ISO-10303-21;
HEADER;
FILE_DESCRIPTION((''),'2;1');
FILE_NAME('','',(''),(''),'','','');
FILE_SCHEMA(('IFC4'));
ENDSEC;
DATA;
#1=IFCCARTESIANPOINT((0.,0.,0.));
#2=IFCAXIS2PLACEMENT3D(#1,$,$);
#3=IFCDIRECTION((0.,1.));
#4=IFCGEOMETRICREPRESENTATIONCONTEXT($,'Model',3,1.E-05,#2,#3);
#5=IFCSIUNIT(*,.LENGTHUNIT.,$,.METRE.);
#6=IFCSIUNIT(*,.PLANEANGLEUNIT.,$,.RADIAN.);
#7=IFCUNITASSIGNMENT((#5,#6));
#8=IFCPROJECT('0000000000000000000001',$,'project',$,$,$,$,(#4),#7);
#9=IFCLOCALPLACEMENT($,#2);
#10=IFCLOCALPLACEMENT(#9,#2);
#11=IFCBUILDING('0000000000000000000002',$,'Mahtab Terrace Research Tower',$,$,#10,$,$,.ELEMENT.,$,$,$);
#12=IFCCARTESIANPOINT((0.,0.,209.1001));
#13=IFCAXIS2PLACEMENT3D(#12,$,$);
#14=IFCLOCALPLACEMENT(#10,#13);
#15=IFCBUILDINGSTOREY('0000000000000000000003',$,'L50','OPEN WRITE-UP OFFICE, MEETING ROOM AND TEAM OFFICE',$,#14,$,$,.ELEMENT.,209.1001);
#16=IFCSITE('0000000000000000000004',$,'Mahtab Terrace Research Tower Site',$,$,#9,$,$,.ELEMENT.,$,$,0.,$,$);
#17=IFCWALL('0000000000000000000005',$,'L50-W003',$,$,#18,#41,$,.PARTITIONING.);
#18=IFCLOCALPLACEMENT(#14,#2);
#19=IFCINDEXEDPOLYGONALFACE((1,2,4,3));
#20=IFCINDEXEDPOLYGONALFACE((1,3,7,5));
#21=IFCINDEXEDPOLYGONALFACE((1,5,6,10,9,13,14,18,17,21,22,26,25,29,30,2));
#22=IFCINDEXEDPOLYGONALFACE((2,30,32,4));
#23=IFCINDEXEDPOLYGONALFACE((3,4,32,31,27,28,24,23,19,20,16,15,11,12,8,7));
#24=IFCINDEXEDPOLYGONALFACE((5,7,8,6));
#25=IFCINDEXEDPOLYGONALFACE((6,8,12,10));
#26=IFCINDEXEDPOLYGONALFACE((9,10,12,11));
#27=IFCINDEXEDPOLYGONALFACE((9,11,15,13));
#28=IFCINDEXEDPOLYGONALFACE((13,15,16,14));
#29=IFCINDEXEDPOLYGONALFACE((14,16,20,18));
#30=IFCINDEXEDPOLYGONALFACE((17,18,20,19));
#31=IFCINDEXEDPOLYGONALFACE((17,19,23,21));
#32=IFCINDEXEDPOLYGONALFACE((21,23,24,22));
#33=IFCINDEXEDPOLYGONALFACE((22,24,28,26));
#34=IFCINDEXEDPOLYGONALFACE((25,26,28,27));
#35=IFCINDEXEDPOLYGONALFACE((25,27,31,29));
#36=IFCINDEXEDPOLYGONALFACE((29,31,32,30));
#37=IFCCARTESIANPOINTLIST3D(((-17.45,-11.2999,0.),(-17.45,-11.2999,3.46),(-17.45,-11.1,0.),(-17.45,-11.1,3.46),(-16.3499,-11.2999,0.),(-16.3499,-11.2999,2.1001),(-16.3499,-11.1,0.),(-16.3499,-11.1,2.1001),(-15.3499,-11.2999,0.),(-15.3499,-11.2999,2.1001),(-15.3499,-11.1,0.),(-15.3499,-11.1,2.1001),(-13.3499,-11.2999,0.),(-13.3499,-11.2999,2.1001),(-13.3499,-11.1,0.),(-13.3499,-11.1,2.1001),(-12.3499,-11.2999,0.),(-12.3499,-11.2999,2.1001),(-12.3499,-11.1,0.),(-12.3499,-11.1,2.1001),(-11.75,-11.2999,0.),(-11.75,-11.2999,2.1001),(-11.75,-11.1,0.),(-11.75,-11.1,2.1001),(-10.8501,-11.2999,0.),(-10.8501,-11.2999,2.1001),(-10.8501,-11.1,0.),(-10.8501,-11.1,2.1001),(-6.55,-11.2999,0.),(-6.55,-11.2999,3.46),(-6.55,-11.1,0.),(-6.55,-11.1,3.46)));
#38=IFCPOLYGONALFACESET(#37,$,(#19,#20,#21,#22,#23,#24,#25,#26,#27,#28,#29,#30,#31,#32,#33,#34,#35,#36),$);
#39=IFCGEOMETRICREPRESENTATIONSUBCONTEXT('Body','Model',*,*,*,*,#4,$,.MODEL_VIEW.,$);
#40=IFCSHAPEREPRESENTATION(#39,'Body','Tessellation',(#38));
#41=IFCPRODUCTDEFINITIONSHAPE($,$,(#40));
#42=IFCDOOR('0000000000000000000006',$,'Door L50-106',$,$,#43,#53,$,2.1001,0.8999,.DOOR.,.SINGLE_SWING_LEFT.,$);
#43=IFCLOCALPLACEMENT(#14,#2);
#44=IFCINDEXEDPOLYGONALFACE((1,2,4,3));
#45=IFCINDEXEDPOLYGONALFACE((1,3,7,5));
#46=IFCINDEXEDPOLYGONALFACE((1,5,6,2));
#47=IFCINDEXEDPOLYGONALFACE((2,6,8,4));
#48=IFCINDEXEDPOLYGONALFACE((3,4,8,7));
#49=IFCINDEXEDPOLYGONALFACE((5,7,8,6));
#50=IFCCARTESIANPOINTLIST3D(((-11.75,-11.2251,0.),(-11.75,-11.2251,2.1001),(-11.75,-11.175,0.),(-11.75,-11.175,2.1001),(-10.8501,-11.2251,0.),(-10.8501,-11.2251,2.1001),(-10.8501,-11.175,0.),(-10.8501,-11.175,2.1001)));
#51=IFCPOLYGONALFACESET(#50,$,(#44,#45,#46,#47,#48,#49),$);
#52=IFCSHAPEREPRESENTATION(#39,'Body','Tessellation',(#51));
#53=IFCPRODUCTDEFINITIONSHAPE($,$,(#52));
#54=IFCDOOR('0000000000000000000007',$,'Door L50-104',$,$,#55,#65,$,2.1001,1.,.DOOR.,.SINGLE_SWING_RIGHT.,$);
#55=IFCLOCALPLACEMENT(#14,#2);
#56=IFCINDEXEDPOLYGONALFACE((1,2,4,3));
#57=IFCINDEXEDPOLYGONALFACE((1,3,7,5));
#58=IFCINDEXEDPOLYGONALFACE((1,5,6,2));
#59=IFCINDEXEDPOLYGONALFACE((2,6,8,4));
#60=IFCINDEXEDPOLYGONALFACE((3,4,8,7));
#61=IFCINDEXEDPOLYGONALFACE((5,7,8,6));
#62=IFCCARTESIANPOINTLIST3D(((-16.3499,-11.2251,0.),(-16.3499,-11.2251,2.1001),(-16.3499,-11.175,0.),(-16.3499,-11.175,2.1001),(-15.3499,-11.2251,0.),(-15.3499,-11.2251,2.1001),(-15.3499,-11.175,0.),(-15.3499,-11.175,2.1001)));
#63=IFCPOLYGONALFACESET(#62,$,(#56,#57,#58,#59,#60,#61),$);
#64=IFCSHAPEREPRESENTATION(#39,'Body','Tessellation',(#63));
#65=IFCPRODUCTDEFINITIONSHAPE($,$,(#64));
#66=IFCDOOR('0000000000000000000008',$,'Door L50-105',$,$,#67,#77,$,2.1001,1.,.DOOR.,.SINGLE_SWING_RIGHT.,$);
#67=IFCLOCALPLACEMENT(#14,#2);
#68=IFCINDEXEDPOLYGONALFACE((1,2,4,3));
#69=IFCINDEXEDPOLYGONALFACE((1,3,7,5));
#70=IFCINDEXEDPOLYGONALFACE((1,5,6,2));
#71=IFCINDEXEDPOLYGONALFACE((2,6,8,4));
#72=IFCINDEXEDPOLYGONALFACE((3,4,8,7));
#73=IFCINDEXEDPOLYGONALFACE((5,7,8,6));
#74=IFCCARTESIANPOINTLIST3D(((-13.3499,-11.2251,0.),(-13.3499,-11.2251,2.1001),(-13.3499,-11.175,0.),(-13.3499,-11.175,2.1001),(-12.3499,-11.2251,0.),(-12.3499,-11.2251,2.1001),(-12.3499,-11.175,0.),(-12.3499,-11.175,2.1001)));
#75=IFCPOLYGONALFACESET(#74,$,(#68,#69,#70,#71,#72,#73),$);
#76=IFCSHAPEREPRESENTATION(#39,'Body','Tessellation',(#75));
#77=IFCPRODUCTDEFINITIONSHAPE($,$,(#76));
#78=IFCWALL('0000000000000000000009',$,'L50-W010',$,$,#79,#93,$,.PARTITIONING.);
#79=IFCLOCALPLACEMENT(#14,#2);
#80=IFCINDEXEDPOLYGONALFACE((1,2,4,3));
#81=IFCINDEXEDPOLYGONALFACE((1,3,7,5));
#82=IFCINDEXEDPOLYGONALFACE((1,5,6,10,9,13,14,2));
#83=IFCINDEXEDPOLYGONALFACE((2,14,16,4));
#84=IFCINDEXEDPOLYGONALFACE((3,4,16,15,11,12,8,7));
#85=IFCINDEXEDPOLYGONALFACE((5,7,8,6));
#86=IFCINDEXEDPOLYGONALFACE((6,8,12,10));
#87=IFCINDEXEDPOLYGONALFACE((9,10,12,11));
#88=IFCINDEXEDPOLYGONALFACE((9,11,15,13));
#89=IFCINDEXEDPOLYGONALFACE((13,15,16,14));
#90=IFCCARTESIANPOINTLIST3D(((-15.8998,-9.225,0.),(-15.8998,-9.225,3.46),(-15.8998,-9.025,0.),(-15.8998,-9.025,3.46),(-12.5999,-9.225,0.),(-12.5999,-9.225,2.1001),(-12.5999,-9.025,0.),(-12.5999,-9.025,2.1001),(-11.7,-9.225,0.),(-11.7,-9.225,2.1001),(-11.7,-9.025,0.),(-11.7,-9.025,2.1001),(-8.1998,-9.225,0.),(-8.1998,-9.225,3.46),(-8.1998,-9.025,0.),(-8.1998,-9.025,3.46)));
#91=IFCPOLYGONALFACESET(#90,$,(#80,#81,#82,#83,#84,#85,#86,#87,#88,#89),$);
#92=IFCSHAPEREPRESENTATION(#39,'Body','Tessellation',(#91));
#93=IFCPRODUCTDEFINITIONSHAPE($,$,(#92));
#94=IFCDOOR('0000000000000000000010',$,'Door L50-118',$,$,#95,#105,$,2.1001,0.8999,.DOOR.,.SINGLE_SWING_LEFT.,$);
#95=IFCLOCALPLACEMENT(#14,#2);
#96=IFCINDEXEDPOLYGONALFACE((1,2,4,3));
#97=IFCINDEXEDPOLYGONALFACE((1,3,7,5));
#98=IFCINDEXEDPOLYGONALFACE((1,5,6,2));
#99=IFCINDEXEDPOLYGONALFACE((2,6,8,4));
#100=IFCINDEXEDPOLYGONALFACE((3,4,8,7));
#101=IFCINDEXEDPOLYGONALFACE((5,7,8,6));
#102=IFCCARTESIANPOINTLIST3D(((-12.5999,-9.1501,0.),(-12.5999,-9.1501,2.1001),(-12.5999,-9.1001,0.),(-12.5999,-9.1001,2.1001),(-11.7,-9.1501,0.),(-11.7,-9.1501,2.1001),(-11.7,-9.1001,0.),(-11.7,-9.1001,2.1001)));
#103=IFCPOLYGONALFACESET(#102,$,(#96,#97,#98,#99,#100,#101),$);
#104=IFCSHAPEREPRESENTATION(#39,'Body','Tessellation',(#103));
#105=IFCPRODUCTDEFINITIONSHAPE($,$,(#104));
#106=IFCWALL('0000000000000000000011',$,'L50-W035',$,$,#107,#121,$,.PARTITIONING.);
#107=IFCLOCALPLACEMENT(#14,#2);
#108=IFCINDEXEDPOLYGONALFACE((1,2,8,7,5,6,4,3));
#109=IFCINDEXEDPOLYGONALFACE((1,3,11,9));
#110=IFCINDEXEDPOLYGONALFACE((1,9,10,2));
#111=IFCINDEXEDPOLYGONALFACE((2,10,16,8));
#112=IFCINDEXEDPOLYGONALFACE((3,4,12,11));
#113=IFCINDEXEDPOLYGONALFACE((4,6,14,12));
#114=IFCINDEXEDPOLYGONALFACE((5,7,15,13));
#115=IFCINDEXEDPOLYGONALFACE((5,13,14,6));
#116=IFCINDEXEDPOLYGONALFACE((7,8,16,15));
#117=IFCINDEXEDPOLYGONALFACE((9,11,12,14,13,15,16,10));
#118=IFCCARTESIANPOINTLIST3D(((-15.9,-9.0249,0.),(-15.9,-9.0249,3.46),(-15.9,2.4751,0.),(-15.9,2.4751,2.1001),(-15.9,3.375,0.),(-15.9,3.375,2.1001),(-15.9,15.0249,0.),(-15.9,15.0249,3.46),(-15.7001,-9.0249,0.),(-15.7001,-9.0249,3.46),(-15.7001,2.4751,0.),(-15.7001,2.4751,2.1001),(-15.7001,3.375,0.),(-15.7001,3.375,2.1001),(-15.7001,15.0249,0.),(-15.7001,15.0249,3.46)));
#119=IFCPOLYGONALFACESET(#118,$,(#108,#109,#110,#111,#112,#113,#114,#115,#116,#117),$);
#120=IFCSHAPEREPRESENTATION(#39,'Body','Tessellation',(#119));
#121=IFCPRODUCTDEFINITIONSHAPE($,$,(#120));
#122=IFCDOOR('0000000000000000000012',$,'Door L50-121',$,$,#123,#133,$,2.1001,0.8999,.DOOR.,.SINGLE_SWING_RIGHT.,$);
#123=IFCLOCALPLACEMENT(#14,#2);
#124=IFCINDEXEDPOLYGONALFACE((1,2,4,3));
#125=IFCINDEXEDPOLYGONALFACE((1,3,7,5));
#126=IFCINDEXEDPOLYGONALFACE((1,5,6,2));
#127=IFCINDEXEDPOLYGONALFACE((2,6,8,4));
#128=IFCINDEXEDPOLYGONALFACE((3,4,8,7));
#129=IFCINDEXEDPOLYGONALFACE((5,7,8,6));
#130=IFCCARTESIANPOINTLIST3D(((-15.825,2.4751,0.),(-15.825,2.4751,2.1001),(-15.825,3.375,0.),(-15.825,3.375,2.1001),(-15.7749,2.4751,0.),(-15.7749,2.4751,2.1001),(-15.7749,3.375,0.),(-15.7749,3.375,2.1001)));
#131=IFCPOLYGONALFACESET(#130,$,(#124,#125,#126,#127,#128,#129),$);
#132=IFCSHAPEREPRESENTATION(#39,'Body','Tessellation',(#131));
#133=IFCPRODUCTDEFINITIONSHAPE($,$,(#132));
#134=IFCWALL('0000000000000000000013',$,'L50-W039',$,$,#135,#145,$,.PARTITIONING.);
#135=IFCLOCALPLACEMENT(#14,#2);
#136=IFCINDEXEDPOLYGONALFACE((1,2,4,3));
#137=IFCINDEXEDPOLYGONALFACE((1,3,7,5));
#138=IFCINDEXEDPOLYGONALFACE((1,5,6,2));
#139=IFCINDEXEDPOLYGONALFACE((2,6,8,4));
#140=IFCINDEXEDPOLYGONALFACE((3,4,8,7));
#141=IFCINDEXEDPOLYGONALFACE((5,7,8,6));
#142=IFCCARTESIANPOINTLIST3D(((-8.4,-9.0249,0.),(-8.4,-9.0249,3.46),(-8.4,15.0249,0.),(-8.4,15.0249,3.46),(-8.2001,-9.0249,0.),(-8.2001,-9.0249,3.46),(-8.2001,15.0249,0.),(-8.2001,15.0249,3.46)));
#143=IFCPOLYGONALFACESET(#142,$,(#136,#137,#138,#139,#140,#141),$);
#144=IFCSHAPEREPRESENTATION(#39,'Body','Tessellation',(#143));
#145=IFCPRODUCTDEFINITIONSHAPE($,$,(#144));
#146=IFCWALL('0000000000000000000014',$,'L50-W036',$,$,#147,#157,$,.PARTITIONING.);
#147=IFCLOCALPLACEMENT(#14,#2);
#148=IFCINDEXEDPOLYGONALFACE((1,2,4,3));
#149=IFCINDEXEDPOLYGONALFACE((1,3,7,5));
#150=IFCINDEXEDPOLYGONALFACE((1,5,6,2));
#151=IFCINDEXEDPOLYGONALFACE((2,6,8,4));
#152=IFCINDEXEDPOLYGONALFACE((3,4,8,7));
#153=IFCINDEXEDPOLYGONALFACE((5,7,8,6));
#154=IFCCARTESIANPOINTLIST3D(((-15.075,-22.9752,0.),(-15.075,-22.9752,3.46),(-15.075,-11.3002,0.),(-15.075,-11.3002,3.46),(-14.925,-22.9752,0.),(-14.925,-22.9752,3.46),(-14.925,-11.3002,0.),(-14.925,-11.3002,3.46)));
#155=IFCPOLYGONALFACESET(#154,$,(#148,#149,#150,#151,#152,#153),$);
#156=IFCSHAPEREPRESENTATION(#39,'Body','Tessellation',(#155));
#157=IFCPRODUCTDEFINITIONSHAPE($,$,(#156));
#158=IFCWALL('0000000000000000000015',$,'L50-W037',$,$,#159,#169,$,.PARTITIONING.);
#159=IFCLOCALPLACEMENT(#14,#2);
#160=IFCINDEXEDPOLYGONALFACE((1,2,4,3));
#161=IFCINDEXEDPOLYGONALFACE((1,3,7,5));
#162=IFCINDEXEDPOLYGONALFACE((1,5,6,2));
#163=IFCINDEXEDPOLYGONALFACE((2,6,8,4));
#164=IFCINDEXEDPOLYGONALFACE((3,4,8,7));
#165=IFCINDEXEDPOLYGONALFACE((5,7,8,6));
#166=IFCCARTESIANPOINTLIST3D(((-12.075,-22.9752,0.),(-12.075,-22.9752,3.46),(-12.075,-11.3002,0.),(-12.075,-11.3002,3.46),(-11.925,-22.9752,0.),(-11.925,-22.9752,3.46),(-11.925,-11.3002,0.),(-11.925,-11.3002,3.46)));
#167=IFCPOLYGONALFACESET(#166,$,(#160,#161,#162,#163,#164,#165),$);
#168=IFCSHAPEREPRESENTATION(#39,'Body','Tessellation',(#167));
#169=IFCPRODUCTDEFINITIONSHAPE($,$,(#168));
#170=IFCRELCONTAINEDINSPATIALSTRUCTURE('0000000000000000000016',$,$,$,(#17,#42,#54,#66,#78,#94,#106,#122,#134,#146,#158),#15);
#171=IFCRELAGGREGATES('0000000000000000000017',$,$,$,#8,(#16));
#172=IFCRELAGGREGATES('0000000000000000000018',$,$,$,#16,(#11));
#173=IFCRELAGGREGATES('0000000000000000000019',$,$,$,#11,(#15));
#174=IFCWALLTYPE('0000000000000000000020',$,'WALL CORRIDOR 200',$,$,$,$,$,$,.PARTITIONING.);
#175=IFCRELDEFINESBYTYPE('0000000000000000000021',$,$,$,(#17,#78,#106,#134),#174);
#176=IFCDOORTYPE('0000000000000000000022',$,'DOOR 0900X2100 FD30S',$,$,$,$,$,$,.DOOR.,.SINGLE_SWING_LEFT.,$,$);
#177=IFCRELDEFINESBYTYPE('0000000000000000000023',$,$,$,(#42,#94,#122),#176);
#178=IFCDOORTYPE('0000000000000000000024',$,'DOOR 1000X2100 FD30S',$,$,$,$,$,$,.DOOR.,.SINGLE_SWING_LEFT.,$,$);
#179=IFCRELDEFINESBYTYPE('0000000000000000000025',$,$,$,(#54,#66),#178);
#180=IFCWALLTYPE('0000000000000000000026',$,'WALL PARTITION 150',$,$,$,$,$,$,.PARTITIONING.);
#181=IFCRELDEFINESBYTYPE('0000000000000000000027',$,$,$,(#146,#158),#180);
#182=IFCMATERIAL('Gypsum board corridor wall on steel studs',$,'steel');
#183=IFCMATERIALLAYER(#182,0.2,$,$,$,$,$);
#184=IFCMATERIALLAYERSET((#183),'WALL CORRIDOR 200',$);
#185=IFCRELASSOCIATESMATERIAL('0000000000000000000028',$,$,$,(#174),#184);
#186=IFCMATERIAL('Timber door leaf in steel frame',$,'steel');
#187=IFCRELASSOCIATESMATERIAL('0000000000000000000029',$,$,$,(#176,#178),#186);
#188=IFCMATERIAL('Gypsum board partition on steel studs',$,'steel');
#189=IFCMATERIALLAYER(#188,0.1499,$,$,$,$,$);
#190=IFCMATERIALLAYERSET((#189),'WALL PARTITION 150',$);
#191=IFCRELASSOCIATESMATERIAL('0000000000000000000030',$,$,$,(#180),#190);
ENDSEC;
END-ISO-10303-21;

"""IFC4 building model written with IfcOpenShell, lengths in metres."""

from ifc_helpers import new_model, si_unit, direction, frame, frame_2d, origin, place, context, subcontext, project, spatial, rectangle, extrude, material, layer, layer_set, type_object, element, fill, save


model = new_model("IFC4")

# Units and contexts
model_context = context("Model", 3, precision=1e-05, world=origin(), true_north=direction((0.0, 1.0)))
body_context = subcontext(model_context, "Body", "Model", "MODEL_VIEW")
ifc_project = project(units=[si_unit("LENGTHUNIT", "METRE"), si_unit("PLANEANGLEUNIT", "RADIAN")], contexts=[model_context])

# Site, building, storey
site_placement = place(None, origin())
site = spatial("IfcSite", under=ifc_project, at=site_placement, Name="Mahtab Terrace Research Tower Site", CompositionType="ELEMENT", RefElevation=0.0)
building_placement = place(site_placement, origin())
building = spatial("IfcBuilding", under=site, at=building_placement, Name="Mahtab Terrace Research Tower", CompositionType="ELEMENT")
storey_placement = place(building_placement, frame((0.0, 0.0, 209.1001)))
storey = spatial("IfcBuildingStorey", under=building, at=storey_placement, Name="L50", Description="OPEN WRITE-UP OFFICE, MEETING ROOM AND TEAM OFFICE", CompositionType="ELEMENT", Elevation=209.1001)

# Wall, openings, doors
ifc_material_1 = material(Name="Gypsum board corridor wall on steel studs", Category="steel")
ifc_layer_1 = layer(ifc_material_1, 0.2)
ifc_layer_set_1 = layer_set([ifc_layer_1], Name="WALL CORRIDOR 200")
wall_type_1 = type_object("IfcWallType", Name="WALL CORRIDOR 200", PredefinedType="PARTITIONING", material=ifc_layer_set_1)
wall_1_placement = place(storey_placement, frame((-17.45, -11.2, 0.0), z_axis=(0.0, 0.0, 1.0), x_axis=(1.0, 0.0, 0.0)))
wall_1 = element("IfcWall", 1, at=wall_1_placement, inside=storey, type_object=wall_type_1, Name="L50-W003", PredefinedType="PARTITIONING", context=body_context, shape_type="SweptSolid", body=[
    extrude(rectangle(XDim=10.8999, YDim=0.2, at=frame_2d((5.45, 0.0))), origin(), (0.0, 0.0, 1.0), 3.46),
])
opening_1_placement = place(wall_1_placement, frame((1.1001, 0.0, 0.0)))
opening_1 = element("IfcOpeningElement", 2, at=opening_1_placement, cuts=wall_1, PredefinedType="OPENING", context=body_context, shape_type="SweptSolid", body=[
    extrude(rectangle(XDim=1.0, YDim=2.1001, at=frame_2d((0.5, 1.05))), frame((0.0, 0.1099, 0.0), z_axis=(0.0, -1.0, 0.0), x_axis=(1.0, 0.0, 0.0)), (0.0, 0.0, 1.0), 0.22),
])
opening_2_placement = place(wall_1_placement, frame((4.1001, 0.0, 0.0)))
opening_2 = element("IfcOpeningElement", 3, at=opening_2_placement, cuts=wall_1, PredefinedType="OPENING", context=body_context, shape_type="SweptSolid", body=[
    extrude(rectangle(XDim=1.0, YDim=2.1001, at=frame_2d((0.5, 1.05))), frame((0.0, 0.1099, 0.0), z_axis=(0.0, -1.0, 0.0), x_axis=(1.0, 0.0, 0.0)), (0.0, 0.0, 1.0), 0.22),
])
opening_3_placement = place(wall_1_placement, frame((5.7, 0.0, 0.0)))
opening_3 = element("IfcOpeningElement", 4, at=opening_3_placement, cuts=wall_1, PredefinedType="OPENING", context=body_context, shape_type="SweptSolid", body=[
    extrude(rectangle(XDim=0.8999, YDim=2.1001, at=frame_2d((0.45, 1.05))), frame((0.0, 0.1099, 0.0), z_axis=(0.0, -1.0, 0.0), x_axis=(1.0, 0.0, 0.0)), (0.0, 0.0, 1.0), 0.22),
])
ifc_material_2 = material(Name="Timber door leaf in steel frame", Category="steel")
door_type_1 = type_object("IfcDoorType", Name="DOOR 0900X2100 FD30S", OperationType="SINGLE_SWING_LEFT", PredefinedType="DOOR", material=ifc_material_2)
door_1_placement = place(opening_3_placement, origin())
door_1 = element("IfcDoor", 5, at=door_1_placement, inside=storey, type_object=door_type_1, Name="Door L50-106", OperationType="SINGLE_SWING_LEFT", OverallHeight=2.1001, OverallWidth=0.8999, PredefinedType="DOOR", context=body_context, shape_type="SweptSolid", body=[
    extrude(rectangle(XDim=0.8999, YDim=2.1001, at=frame_2d((0.45, 1.05))), frame((0.0, 0.0249, 0.0), z_axis=(0.0, -1.0, 0.0), x_axis=(1.0, 0.0, 0.0)), (0.0, 0.0, 1.0), 0.05),
])
fill(opening_3, door_1)
door_type_2 = type_object("IfcDoorType", Name="DOOR 1000X2100 FD30S", OperationType="SINGLE_SWING_LEFT", PredefinedType="DOOR", material=ifc_material_2)
door_2_placement = place(opening_1_placement, origin())
door_2 = element("IfcDoor", 6, at=door_2_placement, inside=storey, type_object=door_type_2, Name="Door L50-104", OperationType="SINGLE_SWING_RIGHT", OverallHeight=2.1001, OverallWidth=1.0, PredefinedType="DOOR", context=body_context, shape_type="SweptSolid", body=[
    extrude(rectangle(XDim=1.0, YDim=2.1001, at=frame_2d((0.5, 1.05))), frame((0.0, 0.0249, 0.0), z_axis=(0.0, -1.0, 0.0), x_axis=(1.0, 0.0, 0.0)), (0.0, 0.0, 1.0), 0.05),
])
fill(opening_1, door_2)
door_3_placement = place(opening_2_placement, origin())
door_3 = element("IfcDoor", 7, at=door_3_placement, inside=storey, type_object=door_type_2, Name="Door L50-105", OperationType="SINGLE_SWING_RIGHT", OverallHeight=2.1001, OverallWidth=1.0, PredefinedType="DOOR", context=body_context, shape_type="SweptSolid", body=[
    extrude(rectangle(XDim=1.0, YDim=2.1001, at=frame_2d((0.5, 1.05))), frame((0.0, 0.0249, 0.0), z_axis=(0.0, -1.0, 0.0), x_axis=(1.0, 0.0, 0.0)), (0.0, 0.0, 1.0), 0.05),
])
fill(opening_2, door_3)

# Walls, openings, doors
wall_2_placement = place(storey_placement, frame((-15.8999, -9.125, 0.0), z_axis=(0.0, 0.0, 1.0), x_axis=(1.0, 0.0, 0.0)))
wall_2 = element("IfcWall", 8, at=wall_2_placement, inside=storey, type_object=wall_type_1, Name="L50-W010", PredefinedType="PARTITIONING", context=body_context, shape_type="SweptSolid", body=[
    extrude(rectangle(XDim=7.7, YDim=0.2, at=frame_2d((3.8501, 0.0))), origin(), (0.0, 0.0, 1.0), 3.46),
])
opening_4_placement = place(wall_2_placement, frame((3.3, 0.0, 0.0)))
opening_4 = element("IfcOpeningElement", 9, at=opening_4_placement, cuts=wall_2, PredefinedType="OPENING", context=body_context, shape_type="SweptSolid", body=[
    extrude(rectangle(XDim=0.8999, YDim=2.1001, at=frame_2d((0.45, 1.05))), frame((0.0, 0.1099, 0.0), z_axis=(0.0, -1.0, 0.0), x_axis=(1.0, 0.0, 0.0)), (0.0, 0.0, 1.0), 0.22),
])
door_4_placement = place(opening_4_placement, origin())
door_4 = element("IfcDoor", 10, at=door_4_placement, inside=storey, type_object=door_type_1, Name="Door L50-118", OperationType="SINGLE_SWING_LEFT", OverallHeight=2.1001, OverallWidth=0.8999, PredefinedType="DOOR", context=body_context, shape_type="SweptSolid", body=[
    extrude(rectangle(XDim=0.8999, YDim=2.1001, at=frame_2d((0.45, 1.05))), frame((0.0, 0.0249, 0.0), z_axis=(0.0, -1.0, 0.0), x_axis=(1.0, 0.0, 0.0)), (0.0, 0.0, 1.0), 0.05),
])
fill(opening_4, door_4)
wall_3_placement = place(storey_placement, frame((-15.8, -9.0249, 0.0), z_axis=(0.0, 0.0, 1.0), x_axis=(0.0, 1.0, 0.0)))
wall_3 = element("IfcWall", 11, at=wall_3_placement, inside=storey, type_object=wall_type_1, Name="L50-W035", PredefinedType="PARTITIONING", context=body_context, shape_type="SweptSolid", body=[
    extrude(rectangle(XDim=24.0498, YDim=0.2, at=frame_2d((12.0249, 0.0))), origin(), (0.0, 0.0, 1.0), 3.46),
])
opening_5_placement = place(wall_3_placement, frame((11.5, 0.0, 0.0)))
opening_5 = element("IfcOpeningElement", 12, at=opening_5_placement, cuts=wall_3, PredefinedType="OPENING", context=body_context, shape_type="SweptSolid", body=[
    extrude(rectangle(XDim=0.8999, YDim=2.1001, at=frame_2d((0.45, 1.05))), frame((0.0, 0.1099, 0.0), z_axis=(0.0, -1.0, 0.0), x_axis=(1.0, 0.0, 0.0)), (0.0, 0.0, 1.0), 0.22),
])
door_5_placement = place(opening_5_placement, origin())
door_5 = element("IfcDoor", 13, at=door_5_placement, inside=storey, type_object=door_type_1, Name="Door L50-121", OperationType="SINGLE_SWING_RIGHT", OverallHeight=2.1001, OverallWidth=0.8999, PredefinedType="DOOR", context=body_context, shape_type="SweptSolid", body=[
    extrude(rectangle(XDim=0.8999, YDim=2.1001, at=frame_2d((0.45, 1.05))), frame((0.0, 0.0249, 0.0), z_axis=(0.0, -1.0, 0.0), x_axis=(1.0, 0.0, 0.0)), (0.0, 0.0, 1.0), 0.05),
])
fill(opening_5, door_5)

# Walls
wall_4_placement = place(storey_placement, frame((-8.3, -9.0249, 0.0), z_axis=(0.0, 0.0, 1.0), x_axis=(0.0, 1.0, 0.0)))
element("IfcWall", 14, at=wall_4_placement, inside=storey, type_object=wall_type_1, Name="L50-W039", PredefinedType="PARTITIONING", context=body_context, shape_type="SweptSolid", body=[
    extrude(rectangle(XDim=24.0498, YDim=0.2, at=frame_2d((12.0249, 0.0))), origin(), (0.0, 0.0, 1.0), 3.46),
])
ifc_material_3 = material(Name="Gypsum board partition on steel studs", Category="steel")
ifc_layer_2 = layer(ifc_material_3, 0.1499)
ifc_layer_set_2 = layer_set([ifc_layer_2], Name="WALL PARTITION 150")
wall_type_2 = type_object("IfcWallType", Name="WALL PARTITION 150", PredefinedType="PARTITIONING", material=ifc_layer_set_2)
for number, where, z_axis, x_axis, name in (
    (15, (-15.0, -22.9751, 0.0), (0.0, 0.0, 1.0), (0.0, 1.0, 0.0), "L50-W036"),
    (16, (-12.0, -22.9751, 0.0), (0.0, 0.0, 1.0), (0.0, 1.0, 0.0), "L50-W037"),
):
    element("IfcWall", number, at=place(storey_placement, frame(where, z_axis=z_axis, x_axis=x_axis)), inside=storey, type_object=wall_type_2, Name=name, PredefinedType="PARTITIONING", context=body_context, shape_type="SweptSolid", body=[
        extrude(rectangle(XDim=11.675, YDim=0.1499, at=frame_2d((5.8374, 0.0))), origin(), (0.0, 0.0, 1.0), 3.46),
    ])

save(model, "model.ifc")
